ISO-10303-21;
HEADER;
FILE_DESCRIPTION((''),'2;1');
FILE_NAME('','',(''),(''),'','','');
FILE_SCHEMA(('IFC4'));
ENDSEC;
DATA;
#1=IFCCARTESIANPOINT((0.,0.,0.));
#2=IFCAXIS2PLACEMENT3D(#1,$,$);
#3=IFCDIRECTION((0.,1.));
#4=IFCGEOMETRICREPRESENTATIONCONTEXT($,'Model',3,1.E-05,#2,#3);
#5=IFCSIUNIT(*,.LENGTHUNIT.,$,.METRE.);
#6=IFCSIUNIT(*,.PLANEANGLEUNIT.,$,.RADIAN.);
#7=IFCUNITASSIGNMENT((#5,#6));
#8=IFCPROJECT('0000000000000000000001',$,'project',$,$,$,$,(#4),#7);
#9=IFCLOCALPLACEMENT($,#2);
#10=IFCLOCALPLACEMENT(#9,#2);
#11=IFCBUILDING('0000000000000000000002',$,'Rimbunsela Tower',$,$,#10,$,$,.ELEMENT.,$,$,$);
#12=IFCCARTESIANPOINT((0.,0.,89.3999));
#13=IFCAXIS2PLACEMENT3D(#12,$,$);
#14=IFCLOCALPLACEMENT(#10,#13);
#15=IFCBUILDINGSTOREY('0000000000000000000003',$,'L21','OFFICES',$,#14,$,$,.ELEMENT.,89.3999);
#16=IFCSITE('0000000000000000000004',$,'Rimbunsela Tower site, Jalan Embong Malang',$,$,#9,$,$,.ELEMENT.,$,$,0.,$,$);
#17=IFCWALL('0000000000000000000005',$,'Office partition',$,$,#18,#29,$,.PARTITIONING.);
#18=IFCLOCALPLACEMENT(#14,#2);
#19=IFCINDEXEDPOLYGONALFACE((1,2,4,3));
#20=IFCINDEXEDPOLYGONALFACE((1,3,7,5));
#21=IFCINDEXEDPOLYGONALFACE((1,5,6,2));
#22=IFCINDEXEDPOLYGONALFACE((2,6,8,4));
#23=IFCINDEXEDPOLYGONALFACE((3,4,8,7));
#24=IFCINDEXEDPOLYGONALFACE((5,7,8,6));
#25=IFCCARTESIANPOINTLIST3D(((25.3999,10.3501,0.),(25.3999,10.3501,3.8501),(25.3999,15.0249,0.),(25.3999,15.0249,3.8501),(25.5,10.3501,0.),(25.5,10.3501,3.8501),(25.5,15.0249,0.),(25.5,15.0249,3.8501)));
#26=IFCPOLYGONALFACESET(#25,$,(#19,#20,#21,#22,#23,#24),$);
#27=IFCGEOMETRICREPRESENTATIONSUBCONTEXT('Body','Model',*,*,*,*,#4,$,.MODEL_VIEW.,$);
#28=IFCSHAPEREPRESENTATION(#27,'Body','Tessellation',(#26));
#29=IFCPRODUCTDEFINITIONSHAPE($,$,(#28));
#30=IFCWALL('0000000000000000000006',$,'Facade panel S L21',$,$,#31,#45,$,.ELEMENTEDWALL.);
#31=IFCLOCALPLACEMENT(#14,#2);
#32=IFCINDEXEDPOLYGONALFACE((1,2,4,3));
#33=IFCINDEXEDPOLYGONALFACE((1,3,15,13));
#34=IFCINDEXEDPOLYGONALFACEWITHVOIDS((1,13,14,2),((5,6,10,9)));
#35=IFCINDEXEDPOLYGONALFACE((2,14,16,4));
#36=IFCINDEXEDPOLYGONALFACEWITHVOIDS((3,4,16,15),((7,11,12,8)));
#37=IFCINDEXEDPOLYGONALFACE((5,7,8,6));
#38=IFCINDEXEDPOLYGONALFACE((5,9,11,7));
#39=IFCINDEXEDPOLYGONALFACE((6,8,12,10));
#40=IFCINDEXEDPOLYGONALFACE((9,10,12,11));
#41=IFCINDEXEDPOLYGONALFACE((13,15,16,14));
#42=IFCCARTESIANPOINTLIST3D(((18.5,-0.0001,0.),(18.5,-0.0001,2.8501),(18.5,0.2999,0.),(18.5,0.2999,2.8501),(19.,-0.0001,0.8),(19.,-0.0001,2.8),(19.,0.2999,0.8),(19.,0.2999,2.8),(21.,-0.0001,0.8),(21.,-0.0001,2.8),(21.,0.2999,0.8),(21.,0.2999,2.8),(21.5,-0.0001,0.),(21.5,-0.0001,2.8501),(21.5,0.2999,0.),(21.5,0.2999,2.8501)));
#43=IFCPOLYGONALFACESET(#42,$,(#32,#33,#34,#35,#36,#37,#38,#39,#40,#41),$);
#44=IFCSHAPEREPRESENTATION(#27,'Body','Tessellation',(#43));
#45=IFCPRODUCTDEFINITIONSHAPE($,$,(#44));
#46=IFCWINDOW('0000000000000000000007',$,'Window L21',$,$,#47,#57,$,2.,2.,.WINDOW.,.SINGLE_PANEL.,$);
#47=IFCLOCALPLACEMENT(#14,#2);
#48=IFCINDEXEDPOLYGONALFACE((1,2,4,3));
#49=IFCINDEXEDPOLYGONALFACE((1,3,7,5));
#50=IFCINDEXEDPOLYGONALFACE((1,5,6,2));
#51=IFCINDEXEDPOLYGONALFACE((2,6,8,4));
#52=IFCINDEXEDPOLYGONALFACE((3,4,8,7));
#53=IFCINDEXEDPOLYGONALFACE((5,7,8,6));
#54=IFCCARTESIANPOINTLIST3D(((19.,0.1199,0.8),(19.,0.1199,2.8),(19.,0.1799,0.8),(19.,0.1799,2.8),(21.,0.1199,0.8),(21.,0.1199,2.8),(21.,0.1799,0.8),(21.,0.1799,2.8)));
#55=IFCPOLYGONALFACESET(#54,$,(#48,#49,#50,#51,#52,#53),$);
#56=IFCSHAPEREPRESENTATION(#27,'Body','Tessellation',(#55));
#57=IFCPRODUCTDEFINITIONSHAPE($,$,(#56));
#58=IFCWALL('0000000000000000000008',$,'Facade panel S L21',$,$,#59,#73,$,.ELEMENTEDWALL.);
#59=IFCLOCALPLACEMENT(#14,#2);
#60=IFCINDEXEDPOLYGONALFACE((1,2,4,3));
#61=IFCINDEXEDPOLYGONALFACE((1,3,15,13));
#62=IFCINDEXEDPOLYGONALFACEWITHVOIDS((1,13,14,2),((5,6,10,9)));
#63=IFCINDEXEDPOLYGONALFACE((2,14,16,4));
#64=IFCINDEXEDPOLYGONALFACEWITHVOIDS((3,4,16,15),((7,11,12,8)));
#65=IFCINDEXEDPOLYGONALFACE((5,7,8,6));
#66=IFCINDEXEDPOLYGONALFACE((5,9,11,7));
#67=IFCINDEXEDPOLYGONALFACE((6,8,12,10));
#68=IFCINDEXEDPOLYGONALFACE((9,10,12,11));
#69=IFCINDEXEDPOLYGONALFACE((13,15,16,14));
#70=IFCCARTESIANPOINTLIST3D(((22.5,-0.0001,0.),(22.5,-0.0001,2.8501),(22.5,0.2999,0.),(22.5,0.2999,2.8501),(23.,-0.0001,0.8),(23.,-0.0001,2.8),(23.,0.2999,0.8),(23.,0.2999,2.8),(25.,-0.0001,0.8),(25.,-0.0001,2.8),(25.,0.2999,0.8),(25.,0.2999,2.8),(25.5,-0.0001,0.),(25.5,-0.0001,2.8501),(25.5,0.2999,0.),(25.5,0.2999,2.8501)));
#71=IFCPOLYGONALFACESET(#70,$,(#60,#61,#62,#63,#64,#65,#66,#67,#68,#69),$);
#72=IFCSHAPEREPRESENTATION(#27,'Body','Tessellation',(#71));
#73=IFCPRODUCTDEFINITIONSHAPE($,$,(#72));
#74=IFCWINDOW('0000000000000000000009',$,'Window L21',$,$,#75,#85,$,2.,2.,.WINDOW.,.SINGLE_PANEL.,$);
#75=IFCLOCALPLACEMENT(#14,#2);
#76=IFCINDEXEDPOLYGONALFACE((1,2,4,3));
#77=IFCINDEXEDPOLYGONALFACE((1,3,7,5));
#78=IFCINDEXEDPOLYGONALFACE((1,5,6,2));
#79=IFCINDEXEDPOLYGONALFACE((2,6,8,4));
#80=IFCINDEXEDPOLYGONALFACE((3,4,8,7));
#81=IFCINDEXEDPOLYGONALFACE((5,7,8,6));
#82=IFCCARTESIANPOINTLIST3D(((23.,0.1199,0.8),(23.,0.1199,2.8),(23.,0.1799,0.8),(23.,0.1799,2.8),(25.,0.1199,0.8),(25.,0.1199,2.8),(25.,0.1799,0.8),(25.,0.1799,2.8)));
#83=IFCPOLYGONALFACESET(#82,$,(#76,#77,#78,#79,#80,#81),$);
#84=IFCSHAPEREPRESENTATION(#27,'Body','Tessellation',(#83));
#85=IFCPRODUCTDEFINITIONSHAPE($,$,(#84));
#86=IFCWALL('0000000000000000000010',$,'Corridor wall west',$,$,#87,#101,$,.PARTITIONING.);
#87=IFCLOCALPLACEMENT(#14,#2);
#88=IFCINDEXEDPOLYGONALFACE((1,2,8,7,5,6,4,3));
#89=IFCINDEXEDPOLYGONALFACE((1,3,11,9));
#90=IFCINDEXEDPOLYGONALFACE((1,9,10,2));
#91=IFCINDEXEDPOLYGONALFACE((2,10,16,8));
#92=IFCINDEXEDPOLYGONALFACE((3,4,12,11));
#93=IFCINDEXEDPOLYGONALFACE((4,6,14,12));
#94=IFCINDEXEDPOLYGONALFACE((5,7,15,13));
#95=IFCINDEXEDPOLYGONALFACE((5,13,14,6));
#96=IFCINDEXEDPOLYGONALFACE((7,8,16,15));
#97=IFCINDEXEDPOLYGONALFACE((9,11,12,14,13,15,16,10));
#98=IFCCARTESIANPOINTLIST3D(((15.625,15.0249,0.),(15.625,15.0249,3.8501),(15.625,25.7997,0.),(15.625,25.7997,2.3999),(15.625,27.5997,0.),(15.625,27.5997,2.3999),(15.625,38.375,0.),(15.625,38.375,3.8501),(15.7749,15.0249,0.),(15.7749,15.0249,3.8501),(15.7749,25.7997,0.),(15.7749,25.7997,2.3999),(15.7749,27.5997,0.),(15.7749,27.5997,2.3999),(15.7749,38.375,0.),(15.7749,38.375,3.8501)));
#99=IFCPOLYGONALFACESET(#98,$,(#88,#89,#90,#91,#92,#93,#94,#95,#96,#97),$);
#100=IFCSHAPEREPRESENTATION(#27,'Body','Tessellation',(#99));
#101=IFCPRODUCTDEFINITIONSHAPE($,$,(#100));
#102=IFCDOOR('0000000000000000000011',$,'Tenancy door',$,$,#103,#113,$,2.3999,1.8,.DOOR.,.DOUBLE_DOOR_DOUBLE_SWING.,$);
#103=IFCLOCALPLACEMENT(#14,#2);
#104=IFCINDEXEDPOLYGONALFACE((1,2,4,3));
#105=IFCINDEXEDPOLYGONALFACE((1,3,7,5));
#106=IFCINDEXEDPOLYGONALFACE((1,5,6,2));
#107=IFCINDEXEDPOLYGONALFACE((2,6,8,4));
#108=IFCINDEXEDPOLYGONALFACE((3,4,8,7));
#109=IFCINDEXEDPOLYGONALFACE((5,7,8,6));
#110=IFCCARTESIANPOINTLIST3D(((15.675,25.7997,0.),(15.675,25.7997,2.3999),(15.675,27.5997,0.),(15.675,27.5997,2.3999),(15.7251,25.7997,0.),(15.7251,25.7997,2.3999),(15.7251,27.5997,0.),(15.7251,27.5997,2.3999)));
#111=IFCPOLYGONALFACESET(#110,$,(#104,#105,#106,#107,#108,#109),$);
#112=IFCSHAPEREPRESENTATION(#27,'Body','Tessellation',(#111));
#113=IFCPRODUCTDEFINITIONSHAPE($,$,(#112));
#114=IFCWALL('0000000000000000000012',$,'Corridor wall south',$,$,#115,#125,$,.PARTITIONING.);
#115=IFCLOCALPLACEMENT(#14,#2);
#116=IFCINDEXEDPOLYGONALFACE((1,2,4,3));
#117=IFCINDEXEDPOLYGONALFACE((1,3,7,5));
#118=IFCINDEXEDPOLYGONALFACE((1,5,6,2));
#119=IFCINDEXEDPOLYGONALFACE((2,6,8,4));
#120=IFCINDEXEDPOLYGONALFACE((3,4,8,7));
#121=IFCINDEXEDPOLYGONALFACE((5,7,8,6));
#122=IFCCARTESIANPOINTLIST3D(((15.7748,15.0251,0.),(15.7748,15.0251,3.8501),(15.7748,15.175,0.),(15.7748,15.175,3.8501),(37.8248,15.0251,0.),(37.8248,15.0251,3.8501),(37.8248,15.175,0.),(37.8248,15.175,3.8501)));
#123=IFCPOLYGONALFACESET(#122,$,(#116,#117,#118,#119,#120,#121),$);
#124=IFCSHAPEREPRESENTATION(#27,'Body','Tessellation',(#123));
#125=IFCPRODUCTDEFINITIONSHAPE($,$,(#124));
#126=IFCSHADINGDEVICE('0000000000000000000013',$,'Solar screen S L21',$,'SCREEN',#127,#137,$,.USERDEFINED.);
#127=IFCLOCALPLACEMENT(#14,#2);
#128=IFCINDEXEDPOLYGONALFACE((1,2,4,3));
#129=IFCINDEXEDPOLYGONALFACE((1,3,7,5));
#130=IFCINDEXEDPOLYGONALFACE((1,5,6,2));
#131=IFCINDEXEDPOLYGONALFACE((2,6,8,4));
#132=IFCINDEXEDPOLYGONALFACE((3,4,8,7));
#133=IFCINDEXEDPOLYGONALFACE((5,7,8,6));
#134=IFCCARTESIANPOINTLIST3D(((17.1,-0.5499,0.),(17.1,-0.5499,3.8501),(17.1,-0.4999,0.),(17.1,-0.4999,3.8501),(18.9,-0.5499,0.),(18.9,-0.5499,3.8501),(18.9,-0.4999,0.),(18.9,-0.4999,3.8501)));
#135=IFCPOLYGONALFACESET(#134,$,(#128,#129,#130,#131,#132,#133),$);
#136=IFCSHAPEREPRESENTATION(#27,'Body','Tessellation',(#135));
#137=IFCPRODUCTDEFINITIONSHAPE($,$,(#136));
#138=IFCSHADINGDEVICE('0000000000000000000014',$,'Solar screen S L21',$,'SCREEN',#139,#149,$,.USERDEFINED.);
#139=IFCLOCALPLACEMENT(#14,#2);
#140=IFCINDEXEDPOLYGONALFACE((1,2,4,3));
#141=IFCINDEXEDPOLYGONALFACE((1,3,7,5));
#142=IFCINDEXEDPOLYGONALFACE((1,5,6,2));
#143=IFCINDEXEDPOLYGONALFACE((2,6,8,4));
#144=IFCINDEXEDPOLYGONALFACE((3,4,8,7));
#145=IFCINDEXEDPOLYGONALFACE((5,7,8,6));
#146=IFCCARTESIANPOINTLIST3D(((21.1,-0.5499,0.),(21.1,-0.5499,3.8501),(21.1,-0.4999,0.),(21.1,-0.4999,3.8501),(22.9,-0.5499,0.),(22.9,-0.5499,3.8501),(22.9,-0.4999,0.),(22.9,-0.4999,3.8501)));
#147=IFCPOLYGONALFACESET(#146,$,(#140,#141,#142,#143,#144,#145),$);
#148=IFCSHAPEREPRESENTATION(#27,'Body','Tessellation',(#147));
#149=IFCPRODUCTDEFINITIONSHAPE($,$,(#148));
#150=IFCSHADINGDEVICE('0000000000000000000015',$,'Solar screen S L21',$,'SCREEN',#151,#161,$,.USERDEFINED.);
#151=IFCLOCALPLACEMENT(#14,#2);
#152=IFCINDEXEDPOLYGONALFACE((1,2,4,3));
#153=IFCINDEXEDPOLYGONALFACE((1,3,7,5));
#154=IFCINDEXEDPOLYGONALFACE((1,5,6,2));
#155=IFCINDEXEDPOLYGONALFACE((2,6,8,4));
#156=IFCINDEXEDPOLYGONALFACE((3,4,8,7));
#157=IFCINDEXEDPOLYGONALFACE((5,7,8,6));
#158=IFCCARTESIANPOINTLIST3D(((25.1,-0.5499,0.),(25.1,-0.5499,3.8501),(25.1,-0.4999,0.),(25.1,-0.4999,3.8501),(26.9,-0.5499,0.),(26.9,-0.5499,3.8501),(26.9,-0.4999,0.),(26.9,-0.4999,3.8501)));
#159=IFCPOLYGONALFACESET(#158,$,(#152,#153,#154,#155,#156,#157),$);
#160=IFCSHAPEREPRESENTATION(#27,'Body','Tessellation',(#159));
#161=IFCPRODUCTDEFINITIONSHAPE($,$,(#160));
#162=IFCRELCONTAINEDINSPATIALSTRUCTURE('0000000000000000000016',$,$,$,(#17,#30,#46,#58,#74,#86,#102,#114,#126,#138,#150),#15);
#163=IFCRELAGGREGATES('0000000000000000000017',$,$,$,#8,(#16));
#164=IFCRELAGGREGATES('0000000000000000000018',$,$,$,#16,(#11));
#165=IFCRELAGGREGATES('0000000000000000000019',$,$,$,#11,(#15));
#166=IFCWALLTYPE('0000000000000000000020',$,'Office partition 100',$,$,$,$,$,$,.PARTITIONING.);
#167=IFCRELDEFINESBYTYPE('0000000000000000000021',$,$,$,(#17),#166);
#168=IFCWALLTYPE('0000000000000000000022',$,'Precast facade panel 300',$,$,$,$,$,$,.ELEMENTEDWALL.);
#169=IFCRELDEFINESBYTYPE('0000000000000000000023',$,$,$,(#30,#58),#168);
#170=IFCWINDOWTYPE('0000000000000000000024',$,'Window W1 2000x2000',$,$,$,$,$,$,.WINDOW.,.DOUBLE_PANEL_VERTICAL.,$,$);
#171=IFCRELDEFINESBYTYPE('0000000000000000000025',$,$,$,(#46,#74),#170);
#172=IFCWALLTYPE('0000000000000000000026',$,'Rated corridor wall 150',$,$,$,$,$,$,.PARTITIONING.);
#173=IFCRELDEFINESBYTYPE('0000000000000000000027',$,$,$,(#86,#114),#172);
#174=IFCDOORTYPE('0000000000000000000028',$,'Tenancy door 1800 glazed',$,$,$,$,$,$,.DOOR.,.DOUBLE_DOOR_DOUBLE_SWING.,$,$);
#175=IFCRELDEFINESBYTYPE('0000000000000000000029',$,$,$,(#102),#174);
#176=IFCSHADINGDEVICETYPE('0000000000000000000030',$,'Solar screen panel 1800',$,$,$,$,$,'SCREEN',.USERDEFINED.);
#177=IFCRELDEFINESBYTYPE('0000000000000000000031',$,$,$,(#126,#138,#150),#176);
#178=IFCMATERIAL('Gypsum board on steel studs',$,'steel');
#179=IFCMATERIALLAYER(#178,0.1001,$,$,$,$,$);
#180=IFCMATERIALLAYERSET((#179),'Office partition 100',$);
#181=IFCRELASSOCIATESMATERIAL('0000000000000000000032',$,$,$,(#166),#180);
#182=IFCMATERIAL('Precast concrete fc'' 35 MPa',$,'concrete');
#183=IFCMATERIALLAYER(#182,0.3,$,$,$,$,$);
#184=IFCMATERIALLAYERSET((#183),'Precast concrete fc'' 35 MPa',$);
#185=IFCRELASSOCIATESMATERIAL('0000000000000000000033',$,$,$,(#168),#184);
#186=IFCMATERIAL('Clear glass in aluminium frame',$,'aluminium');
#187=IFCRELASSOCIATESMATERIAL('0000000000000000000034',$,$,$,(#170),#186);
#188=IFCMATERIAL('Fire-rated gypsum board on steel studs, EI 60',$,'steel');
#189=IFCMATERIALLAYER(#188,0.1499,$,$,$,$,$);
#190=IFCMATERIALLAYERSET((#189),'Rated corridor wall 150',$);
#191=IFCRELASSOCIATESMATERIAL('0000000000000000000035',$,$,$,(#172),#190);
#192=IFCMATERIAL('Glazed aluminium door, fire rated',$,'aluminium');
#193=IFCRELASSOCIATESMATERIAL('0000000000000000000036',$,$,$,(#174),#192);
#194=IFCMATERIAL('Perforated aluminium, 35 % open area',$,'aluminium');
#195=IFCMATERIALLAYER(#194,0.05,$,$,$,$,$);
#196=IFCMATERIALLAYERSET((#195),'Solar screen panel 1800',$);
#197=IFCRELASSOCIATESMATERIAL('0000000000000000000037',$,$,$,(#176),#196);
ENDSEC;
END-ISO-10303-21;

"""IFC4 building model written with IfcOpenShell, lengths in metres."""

from ifc_helpers import new_model, si_unit, direction, frame, frame_2d, origin, origin_2d, place, context, subcontext, project, spatial, rectangle, extrude, material, layer, layer_set, type_object, element, fill, save


model = new_model("IFC4")

# Units and contexts
model_context = context("Model", 3, precision=1e-05, world=origin(), true_north=direction((0.0, 1.0)))
body_context = subcontext(model_context, "Body", "Model", "MODEL_VIEW")
ifc_project = project(units=[si_unit("LENGTHUNIT", "METRE"), si_unit("PLANEANGLEUNIT", "RADIAN")], contexts=[model_context])

# Site, building, storey
site_placement = place(None, origin())
site = spatial("IfcSite", under=ifc_project, at=site_placement, Name="Rimbunsela Tower site, Jalan Embong Malang", CompositionType="ELEMENT", RefElevation=0.0)
building_placement = place(site_placement, origin())
building = spatial("IfcBuilding", under=site, at=building_placement, Name="Rimbunsela Tower", CompositionType="ELEMENT")
storey_placement = place(building_placement, frame((0.0, 0.0, 89.3999)))
storey = spatial("IfcBuildingStorey", under=building, at=storey_placement, Name="L21", Description="OFFICES", CompositionType="ELEMENT", Elevation=89.3999)

# Wall
ifc_material_1 = material(Name="Gypsum board on steel studs", Category="steel")
ifc_layer_1 = layer(ifc_material_1, 0.1001)
ifc_layer_set_1 = layer_set([ifc_layer_1], Name="Office partition 100")
wall_type_1 = type_object("IfcWallType", Name="Office partition 100", PredefinedType="PARTITIONING", material=ifc_layer_set_1)
for number, where, z_axis, x_axis, name in (
    (1, (25.45, 10.3501, 0.0), (0.0, 0.0, 1.0), (0.0, 1.0, 0.0), "Office partition"),
):
    element("IfcWall", number, at=place(storey_placement, frame(where, z_axis=z_axis, x_axis=x_axis)), inside=storey, type_object=wall_type_1, Name=name, PredefinedType="PARTITIONING", context=body_context, shape_type="SweptSolid", body=[
        extrude(rectangle(XDim=4.6748, YDim=0.1001, at=frame_2d((2.3374, 0.0))), origin(), (0.0, 0.0, 1.0), 3.8501),
    ])

# Walls, openings, windows
ifc_material_2 = material(Name="Precast concrete fc' 35 MPa", Category="concrete")
ifc_layer_2 = layer(ifc_material_2, 0.3)
ifc_layer_set_2 = layer_set([ifc_layer_2], Name="Precast concrete fc' 35 MPa")
wall_type_2 = type_object("IfcWallType", Name="Precast facade panel 300", PredefinedType="ELEMENTEDWALL", material=ifc_layer_set_2)
wall_1_placement = place(storey_placement, frame((18.5, 0.1499, 0.0), z_axis=(0.0, 0.0, 1.0), x_axis=(1.0, 0.0, 0.0)))
wall_1 = element("IfcWall", 2, at=wall_1_placement, inside=storey, type_object=wall_type_2, Name="Facade panel S L21", PredefinedType="ELEMENTEDWALL", context=body_context, shape_type="SweptSolid", body=[
    extrude(rectangle(XDim=3.0, YDim=0.3, at=frame_2d((1.5, 0.0))), origin(), (0.0, 0.0, 1.0), 2.8501),
])
opening_1_placement = place(wall_1_placement, frame((0.5, 0.0, 0.8)))
opening_1 = element("IfcOpeningElement", 3, at=opening_1_placement, cuts=wall_1, PredefinedType="OPENING", context=body_context, shape_type="SweptSolid", body=[
    extrude(rectangle(XDim=2.0, YDim=2.0, at=frame_2d((1.0, 1.0))), frame((0.0, 0.1599, 0.0), z_axis=(0.0, -1.0, 0.0), x_axis=(1.0, 0.0, 0.0)), (0.0, 0.0, 1.0), 0.3201),
])
ifc_material_3 = material(Name="Clear glass in aluminium frame", Category="aluminium")
window_type = type_object("IfcWindowType", Name="Window W1 2000x2000", PartitioningType="DOUBLE_PANEL_VERTICAL", PredefinedType="WINDOW", material=ifc_material_3)
window_1_placement = place(opening_1_placement, origin())
window_1 = element("IfcWindow", 4, at=window_1_placement, inside=storey, type_object=window_type, Name="Window L21", OverallHeight=2.0, OverallWidth=2.0, PartitioningType="SINGLE_PANEL", PredefinedType="WINDOW", context=body_context, shape_type="SweptSolid", body=[
    extrude(rectangle(XDim=2.0, YDim=2.0, at=frame_2d((1.0, 1.0))), frame((0.0, 0.03, 0.0), z_axis=(0.0, -1.0, 0.0), x_axis=(1.0, 0.0, 0.0)), (0.0, 0.0, 1.0), 0.0601),
])
fill(opening_1, window_1)
wall_2_placement = place(storey_placement, frame((22.5, 0.1499, 0.0), z_axis=(0.0, 0.0, 1.0), x_axis=(1.0, 0.0, 0.0)))
wall_2 = element("IfcWall", 5, at=wall_2_placement, inside=storey, type_object=wall_type_2, Name="Facade panel S L21", PredefinedType="ELEMENTEDWALL", context=body_context, shape_type="SweptSolid", body=[
    extrude(rectangle(XDim=3.0, YDim=0.3, at=frame_2d((1.5, 0.0))), origin(), (0.0, 0.0, 1.0), 2.8501),
])
opening_2_placement = place(wall_2_placement, frame((0.5, 0.0, 0.8)))
opening_2 = element("IfcOpeningElement", 6, at=opening_2_placement, cuts=wall_2, PredefinedType="OPENING", context=body_context, shape_type="SweptSolid", body=[
    extrude(rectangle(XDim=2.0, YDim=2.0, at=frame_2d((1.0, 1.0))), frame((0.0, 0.1599, 0.0), z_axis=(0.0, -1.0, 0.0), x_axis=(1.0, 0.0, 0.0)), (0.0, 0.0, 1.0), 0.3201),
])
window_2_placement = place(opening_2_placement, origin())
window_2 = element("IfcWindow", 7, at=window_2_placement, inside=storey, type_object=window_type, Name="Window L21", OverallHeight=2.0, OverallWidth=2.0, PartitioningType="SINGLE_PANEL", PredefinedType="WINDOW", context=body_context, shape_type="SweptSolid", body=[
    extrude(rectangle(XDim=2.0, YDim=2.0, at=frame_2d((1.0, 1.0))), frame((0.0, 0.03, 0.0), z_axis=(0.0, -1.0, 0.0), x_axis=(1.0, 0.0, 0.0)), (0.0, 0.0, 1.0), 0.0601),
])
fill(opening_2, window_2)

# Wall, opening, door
ifc_material_4 = material(Name="Fire-rated gypsum board on steel studs, EI 60", Category="steel")
ifc_layer_3 = layer(ifc_material_4, 0.1499)
ifc_layer_set_3 = layer_set([ifc_layer_3], Name="Rated corridor wall 150")
wall_type_3 = type_object("IfcWallType", Name="Rated corridor wall 150", PredefinedType="PARTITIONING", material=ifc_layer_set_3)
wall_3_placement = place(storey_placement, frame((15.7, 15.0249, 0.0), z_axis=(0.0, 0.0, 1.0), x_axis=(0.0, 1.0, 0.0)))
wall_3 = element("IfcWall", 8, at=wall_3_placement, inside=storey, type_object=wall_type_3, Name="Corridor wall west", PredefinedType="PARTITIONING", context=body_context, shape_type="SweptSolid", body=[
    extrude(rectangle(XDim=23.3501, YDim=0.1499, at=frame_2d((11.675, 0.0))), origin(), (0.0, 0.0, 1.0), 3.8501),
])
opening_3_placement = place(wall_3_placement, frame((10.7749, 0.0, 0.0)))
opening_3 = element("IfcOpeningElement", 9, at=opening_3_placement, cuts=wall_3, PredefinedType="OPENING", context=body_context, shape_type="SweptSolid", body=[
    extrude(rectangle(XDim=1.8, YDim=2.3999, at=frame_2d((0.8999, 1.2))), frame((0.0, 0.085, 0.0), z_axis=(0.0, -1.0, 0.0), x_axis=(1.0, 0.0, 0.0)), (0.0, 0.0, 1.0), 0.1699),
])
ifc_material_5 = material(Name="Glazed aluminium door, fire rated", Category="aluminium")
door_type = type_object("IfcDoorType", Name="Tenancy door 1800 glazed", OperationType="DOUBLE_DOOR_DOUBLE_SWING", PredefinedType="DOOR", material=ifc_material_5)
door_placement = place(opening_3_placement, origin())
door = element("IfcDoor", 10, at=door_placement, inside=storey, type_object=door_type, Name="Tenancy door", OperationType="DOUBLE_DOOR_DOUBLE_SWING", OverallHeight=2.3999, OverallWidth=1.8, PredefinedType="DOOR", context=body_context, shape_type="SweptSolid", body=[
    extrude(rectangle(XDim=1.8, YDim=2.3999, at=frame_2d((0.8999, 1.2))), frame((0.0, 0.0249, 0.0), z_axis=(0.0, -1.0, 0.0), x_axis=(1.0, 0.0, 0.0)), (0.0, 0.0, 1.0), 0.05),
])
fill(opening_3, door)

# Wall
wall_4_placement = place(storey_placement, frame((15.7749, 15.1001, 0.0), z_axis=(0.0, 0.0, 1.0), x_axis=(1.0, 0.0, 0.0)))
element("IfcWall", 11, at=wall_4_placement, inside=storey, type_object=wall_type_3, Name="Corridor wall south", PredefinedType="PARTITIONING", context=body_context, shape_type="SweptSolid", body=[
    extrude(rectangle(XDim=22.05, YDim=0.1499, at=frame_2d((11.0249, 0.0))), origin(), (0.0, 0.0, 1.0), 3.8501),
])

# Shading devices
ifc_material_6 = material(Name="Perforated aluminium, 35 % open area", Category="aluminium")
ifc_layer_4 = layer(ifc_material_6, 0.05)
ifc_layer_set_4 = layer_set([ifc_layer_4], Name="Solar screen panel 1800")
shading_device_type = type_object("IfcShadingDeviceType", Name="Solar screen panel 1800", ElementType="SCREEN", PredefinedType="USERDEFINED", material=ifc_layer_set_4)
for number, where, z_axis, x_axis, name in (
    (12, (18.0, -0.5249, 0.0), (0.0, 0.0, 1.0), (1.0, 0.0, 0.0), "Solar screen S L21"),
    (13, (22.0, -0.5249, 0.0), (0.0, 0.0, 1.0), (1.0, 0.0, 0.0), "Solar screen S L21"),
    (14, (26.0, -0.5249, 0.0), (0.0, 0.0, 1.0), (1.0, 0.0, 0.0), "Solar screen S L21"),
):
    element("IfcShadingDevice", number, at=place(storey_placement, frame(where, z_axis=z_axis, x_axis=x_axis)), inside=storey, type_object=shading_device_type, Name=name, ObjectType="SCREEN", PredefinedType="USERDEFINED", context=body_context, shape_type="SweptSolid", body=[
        extrude(rectangle(XDim=1.8, YDim=0.05, at=origin_2d()), origin(), (0.0, 0.0, 1.0), 3.8501),
    ])

save(model, "model.ifc")
